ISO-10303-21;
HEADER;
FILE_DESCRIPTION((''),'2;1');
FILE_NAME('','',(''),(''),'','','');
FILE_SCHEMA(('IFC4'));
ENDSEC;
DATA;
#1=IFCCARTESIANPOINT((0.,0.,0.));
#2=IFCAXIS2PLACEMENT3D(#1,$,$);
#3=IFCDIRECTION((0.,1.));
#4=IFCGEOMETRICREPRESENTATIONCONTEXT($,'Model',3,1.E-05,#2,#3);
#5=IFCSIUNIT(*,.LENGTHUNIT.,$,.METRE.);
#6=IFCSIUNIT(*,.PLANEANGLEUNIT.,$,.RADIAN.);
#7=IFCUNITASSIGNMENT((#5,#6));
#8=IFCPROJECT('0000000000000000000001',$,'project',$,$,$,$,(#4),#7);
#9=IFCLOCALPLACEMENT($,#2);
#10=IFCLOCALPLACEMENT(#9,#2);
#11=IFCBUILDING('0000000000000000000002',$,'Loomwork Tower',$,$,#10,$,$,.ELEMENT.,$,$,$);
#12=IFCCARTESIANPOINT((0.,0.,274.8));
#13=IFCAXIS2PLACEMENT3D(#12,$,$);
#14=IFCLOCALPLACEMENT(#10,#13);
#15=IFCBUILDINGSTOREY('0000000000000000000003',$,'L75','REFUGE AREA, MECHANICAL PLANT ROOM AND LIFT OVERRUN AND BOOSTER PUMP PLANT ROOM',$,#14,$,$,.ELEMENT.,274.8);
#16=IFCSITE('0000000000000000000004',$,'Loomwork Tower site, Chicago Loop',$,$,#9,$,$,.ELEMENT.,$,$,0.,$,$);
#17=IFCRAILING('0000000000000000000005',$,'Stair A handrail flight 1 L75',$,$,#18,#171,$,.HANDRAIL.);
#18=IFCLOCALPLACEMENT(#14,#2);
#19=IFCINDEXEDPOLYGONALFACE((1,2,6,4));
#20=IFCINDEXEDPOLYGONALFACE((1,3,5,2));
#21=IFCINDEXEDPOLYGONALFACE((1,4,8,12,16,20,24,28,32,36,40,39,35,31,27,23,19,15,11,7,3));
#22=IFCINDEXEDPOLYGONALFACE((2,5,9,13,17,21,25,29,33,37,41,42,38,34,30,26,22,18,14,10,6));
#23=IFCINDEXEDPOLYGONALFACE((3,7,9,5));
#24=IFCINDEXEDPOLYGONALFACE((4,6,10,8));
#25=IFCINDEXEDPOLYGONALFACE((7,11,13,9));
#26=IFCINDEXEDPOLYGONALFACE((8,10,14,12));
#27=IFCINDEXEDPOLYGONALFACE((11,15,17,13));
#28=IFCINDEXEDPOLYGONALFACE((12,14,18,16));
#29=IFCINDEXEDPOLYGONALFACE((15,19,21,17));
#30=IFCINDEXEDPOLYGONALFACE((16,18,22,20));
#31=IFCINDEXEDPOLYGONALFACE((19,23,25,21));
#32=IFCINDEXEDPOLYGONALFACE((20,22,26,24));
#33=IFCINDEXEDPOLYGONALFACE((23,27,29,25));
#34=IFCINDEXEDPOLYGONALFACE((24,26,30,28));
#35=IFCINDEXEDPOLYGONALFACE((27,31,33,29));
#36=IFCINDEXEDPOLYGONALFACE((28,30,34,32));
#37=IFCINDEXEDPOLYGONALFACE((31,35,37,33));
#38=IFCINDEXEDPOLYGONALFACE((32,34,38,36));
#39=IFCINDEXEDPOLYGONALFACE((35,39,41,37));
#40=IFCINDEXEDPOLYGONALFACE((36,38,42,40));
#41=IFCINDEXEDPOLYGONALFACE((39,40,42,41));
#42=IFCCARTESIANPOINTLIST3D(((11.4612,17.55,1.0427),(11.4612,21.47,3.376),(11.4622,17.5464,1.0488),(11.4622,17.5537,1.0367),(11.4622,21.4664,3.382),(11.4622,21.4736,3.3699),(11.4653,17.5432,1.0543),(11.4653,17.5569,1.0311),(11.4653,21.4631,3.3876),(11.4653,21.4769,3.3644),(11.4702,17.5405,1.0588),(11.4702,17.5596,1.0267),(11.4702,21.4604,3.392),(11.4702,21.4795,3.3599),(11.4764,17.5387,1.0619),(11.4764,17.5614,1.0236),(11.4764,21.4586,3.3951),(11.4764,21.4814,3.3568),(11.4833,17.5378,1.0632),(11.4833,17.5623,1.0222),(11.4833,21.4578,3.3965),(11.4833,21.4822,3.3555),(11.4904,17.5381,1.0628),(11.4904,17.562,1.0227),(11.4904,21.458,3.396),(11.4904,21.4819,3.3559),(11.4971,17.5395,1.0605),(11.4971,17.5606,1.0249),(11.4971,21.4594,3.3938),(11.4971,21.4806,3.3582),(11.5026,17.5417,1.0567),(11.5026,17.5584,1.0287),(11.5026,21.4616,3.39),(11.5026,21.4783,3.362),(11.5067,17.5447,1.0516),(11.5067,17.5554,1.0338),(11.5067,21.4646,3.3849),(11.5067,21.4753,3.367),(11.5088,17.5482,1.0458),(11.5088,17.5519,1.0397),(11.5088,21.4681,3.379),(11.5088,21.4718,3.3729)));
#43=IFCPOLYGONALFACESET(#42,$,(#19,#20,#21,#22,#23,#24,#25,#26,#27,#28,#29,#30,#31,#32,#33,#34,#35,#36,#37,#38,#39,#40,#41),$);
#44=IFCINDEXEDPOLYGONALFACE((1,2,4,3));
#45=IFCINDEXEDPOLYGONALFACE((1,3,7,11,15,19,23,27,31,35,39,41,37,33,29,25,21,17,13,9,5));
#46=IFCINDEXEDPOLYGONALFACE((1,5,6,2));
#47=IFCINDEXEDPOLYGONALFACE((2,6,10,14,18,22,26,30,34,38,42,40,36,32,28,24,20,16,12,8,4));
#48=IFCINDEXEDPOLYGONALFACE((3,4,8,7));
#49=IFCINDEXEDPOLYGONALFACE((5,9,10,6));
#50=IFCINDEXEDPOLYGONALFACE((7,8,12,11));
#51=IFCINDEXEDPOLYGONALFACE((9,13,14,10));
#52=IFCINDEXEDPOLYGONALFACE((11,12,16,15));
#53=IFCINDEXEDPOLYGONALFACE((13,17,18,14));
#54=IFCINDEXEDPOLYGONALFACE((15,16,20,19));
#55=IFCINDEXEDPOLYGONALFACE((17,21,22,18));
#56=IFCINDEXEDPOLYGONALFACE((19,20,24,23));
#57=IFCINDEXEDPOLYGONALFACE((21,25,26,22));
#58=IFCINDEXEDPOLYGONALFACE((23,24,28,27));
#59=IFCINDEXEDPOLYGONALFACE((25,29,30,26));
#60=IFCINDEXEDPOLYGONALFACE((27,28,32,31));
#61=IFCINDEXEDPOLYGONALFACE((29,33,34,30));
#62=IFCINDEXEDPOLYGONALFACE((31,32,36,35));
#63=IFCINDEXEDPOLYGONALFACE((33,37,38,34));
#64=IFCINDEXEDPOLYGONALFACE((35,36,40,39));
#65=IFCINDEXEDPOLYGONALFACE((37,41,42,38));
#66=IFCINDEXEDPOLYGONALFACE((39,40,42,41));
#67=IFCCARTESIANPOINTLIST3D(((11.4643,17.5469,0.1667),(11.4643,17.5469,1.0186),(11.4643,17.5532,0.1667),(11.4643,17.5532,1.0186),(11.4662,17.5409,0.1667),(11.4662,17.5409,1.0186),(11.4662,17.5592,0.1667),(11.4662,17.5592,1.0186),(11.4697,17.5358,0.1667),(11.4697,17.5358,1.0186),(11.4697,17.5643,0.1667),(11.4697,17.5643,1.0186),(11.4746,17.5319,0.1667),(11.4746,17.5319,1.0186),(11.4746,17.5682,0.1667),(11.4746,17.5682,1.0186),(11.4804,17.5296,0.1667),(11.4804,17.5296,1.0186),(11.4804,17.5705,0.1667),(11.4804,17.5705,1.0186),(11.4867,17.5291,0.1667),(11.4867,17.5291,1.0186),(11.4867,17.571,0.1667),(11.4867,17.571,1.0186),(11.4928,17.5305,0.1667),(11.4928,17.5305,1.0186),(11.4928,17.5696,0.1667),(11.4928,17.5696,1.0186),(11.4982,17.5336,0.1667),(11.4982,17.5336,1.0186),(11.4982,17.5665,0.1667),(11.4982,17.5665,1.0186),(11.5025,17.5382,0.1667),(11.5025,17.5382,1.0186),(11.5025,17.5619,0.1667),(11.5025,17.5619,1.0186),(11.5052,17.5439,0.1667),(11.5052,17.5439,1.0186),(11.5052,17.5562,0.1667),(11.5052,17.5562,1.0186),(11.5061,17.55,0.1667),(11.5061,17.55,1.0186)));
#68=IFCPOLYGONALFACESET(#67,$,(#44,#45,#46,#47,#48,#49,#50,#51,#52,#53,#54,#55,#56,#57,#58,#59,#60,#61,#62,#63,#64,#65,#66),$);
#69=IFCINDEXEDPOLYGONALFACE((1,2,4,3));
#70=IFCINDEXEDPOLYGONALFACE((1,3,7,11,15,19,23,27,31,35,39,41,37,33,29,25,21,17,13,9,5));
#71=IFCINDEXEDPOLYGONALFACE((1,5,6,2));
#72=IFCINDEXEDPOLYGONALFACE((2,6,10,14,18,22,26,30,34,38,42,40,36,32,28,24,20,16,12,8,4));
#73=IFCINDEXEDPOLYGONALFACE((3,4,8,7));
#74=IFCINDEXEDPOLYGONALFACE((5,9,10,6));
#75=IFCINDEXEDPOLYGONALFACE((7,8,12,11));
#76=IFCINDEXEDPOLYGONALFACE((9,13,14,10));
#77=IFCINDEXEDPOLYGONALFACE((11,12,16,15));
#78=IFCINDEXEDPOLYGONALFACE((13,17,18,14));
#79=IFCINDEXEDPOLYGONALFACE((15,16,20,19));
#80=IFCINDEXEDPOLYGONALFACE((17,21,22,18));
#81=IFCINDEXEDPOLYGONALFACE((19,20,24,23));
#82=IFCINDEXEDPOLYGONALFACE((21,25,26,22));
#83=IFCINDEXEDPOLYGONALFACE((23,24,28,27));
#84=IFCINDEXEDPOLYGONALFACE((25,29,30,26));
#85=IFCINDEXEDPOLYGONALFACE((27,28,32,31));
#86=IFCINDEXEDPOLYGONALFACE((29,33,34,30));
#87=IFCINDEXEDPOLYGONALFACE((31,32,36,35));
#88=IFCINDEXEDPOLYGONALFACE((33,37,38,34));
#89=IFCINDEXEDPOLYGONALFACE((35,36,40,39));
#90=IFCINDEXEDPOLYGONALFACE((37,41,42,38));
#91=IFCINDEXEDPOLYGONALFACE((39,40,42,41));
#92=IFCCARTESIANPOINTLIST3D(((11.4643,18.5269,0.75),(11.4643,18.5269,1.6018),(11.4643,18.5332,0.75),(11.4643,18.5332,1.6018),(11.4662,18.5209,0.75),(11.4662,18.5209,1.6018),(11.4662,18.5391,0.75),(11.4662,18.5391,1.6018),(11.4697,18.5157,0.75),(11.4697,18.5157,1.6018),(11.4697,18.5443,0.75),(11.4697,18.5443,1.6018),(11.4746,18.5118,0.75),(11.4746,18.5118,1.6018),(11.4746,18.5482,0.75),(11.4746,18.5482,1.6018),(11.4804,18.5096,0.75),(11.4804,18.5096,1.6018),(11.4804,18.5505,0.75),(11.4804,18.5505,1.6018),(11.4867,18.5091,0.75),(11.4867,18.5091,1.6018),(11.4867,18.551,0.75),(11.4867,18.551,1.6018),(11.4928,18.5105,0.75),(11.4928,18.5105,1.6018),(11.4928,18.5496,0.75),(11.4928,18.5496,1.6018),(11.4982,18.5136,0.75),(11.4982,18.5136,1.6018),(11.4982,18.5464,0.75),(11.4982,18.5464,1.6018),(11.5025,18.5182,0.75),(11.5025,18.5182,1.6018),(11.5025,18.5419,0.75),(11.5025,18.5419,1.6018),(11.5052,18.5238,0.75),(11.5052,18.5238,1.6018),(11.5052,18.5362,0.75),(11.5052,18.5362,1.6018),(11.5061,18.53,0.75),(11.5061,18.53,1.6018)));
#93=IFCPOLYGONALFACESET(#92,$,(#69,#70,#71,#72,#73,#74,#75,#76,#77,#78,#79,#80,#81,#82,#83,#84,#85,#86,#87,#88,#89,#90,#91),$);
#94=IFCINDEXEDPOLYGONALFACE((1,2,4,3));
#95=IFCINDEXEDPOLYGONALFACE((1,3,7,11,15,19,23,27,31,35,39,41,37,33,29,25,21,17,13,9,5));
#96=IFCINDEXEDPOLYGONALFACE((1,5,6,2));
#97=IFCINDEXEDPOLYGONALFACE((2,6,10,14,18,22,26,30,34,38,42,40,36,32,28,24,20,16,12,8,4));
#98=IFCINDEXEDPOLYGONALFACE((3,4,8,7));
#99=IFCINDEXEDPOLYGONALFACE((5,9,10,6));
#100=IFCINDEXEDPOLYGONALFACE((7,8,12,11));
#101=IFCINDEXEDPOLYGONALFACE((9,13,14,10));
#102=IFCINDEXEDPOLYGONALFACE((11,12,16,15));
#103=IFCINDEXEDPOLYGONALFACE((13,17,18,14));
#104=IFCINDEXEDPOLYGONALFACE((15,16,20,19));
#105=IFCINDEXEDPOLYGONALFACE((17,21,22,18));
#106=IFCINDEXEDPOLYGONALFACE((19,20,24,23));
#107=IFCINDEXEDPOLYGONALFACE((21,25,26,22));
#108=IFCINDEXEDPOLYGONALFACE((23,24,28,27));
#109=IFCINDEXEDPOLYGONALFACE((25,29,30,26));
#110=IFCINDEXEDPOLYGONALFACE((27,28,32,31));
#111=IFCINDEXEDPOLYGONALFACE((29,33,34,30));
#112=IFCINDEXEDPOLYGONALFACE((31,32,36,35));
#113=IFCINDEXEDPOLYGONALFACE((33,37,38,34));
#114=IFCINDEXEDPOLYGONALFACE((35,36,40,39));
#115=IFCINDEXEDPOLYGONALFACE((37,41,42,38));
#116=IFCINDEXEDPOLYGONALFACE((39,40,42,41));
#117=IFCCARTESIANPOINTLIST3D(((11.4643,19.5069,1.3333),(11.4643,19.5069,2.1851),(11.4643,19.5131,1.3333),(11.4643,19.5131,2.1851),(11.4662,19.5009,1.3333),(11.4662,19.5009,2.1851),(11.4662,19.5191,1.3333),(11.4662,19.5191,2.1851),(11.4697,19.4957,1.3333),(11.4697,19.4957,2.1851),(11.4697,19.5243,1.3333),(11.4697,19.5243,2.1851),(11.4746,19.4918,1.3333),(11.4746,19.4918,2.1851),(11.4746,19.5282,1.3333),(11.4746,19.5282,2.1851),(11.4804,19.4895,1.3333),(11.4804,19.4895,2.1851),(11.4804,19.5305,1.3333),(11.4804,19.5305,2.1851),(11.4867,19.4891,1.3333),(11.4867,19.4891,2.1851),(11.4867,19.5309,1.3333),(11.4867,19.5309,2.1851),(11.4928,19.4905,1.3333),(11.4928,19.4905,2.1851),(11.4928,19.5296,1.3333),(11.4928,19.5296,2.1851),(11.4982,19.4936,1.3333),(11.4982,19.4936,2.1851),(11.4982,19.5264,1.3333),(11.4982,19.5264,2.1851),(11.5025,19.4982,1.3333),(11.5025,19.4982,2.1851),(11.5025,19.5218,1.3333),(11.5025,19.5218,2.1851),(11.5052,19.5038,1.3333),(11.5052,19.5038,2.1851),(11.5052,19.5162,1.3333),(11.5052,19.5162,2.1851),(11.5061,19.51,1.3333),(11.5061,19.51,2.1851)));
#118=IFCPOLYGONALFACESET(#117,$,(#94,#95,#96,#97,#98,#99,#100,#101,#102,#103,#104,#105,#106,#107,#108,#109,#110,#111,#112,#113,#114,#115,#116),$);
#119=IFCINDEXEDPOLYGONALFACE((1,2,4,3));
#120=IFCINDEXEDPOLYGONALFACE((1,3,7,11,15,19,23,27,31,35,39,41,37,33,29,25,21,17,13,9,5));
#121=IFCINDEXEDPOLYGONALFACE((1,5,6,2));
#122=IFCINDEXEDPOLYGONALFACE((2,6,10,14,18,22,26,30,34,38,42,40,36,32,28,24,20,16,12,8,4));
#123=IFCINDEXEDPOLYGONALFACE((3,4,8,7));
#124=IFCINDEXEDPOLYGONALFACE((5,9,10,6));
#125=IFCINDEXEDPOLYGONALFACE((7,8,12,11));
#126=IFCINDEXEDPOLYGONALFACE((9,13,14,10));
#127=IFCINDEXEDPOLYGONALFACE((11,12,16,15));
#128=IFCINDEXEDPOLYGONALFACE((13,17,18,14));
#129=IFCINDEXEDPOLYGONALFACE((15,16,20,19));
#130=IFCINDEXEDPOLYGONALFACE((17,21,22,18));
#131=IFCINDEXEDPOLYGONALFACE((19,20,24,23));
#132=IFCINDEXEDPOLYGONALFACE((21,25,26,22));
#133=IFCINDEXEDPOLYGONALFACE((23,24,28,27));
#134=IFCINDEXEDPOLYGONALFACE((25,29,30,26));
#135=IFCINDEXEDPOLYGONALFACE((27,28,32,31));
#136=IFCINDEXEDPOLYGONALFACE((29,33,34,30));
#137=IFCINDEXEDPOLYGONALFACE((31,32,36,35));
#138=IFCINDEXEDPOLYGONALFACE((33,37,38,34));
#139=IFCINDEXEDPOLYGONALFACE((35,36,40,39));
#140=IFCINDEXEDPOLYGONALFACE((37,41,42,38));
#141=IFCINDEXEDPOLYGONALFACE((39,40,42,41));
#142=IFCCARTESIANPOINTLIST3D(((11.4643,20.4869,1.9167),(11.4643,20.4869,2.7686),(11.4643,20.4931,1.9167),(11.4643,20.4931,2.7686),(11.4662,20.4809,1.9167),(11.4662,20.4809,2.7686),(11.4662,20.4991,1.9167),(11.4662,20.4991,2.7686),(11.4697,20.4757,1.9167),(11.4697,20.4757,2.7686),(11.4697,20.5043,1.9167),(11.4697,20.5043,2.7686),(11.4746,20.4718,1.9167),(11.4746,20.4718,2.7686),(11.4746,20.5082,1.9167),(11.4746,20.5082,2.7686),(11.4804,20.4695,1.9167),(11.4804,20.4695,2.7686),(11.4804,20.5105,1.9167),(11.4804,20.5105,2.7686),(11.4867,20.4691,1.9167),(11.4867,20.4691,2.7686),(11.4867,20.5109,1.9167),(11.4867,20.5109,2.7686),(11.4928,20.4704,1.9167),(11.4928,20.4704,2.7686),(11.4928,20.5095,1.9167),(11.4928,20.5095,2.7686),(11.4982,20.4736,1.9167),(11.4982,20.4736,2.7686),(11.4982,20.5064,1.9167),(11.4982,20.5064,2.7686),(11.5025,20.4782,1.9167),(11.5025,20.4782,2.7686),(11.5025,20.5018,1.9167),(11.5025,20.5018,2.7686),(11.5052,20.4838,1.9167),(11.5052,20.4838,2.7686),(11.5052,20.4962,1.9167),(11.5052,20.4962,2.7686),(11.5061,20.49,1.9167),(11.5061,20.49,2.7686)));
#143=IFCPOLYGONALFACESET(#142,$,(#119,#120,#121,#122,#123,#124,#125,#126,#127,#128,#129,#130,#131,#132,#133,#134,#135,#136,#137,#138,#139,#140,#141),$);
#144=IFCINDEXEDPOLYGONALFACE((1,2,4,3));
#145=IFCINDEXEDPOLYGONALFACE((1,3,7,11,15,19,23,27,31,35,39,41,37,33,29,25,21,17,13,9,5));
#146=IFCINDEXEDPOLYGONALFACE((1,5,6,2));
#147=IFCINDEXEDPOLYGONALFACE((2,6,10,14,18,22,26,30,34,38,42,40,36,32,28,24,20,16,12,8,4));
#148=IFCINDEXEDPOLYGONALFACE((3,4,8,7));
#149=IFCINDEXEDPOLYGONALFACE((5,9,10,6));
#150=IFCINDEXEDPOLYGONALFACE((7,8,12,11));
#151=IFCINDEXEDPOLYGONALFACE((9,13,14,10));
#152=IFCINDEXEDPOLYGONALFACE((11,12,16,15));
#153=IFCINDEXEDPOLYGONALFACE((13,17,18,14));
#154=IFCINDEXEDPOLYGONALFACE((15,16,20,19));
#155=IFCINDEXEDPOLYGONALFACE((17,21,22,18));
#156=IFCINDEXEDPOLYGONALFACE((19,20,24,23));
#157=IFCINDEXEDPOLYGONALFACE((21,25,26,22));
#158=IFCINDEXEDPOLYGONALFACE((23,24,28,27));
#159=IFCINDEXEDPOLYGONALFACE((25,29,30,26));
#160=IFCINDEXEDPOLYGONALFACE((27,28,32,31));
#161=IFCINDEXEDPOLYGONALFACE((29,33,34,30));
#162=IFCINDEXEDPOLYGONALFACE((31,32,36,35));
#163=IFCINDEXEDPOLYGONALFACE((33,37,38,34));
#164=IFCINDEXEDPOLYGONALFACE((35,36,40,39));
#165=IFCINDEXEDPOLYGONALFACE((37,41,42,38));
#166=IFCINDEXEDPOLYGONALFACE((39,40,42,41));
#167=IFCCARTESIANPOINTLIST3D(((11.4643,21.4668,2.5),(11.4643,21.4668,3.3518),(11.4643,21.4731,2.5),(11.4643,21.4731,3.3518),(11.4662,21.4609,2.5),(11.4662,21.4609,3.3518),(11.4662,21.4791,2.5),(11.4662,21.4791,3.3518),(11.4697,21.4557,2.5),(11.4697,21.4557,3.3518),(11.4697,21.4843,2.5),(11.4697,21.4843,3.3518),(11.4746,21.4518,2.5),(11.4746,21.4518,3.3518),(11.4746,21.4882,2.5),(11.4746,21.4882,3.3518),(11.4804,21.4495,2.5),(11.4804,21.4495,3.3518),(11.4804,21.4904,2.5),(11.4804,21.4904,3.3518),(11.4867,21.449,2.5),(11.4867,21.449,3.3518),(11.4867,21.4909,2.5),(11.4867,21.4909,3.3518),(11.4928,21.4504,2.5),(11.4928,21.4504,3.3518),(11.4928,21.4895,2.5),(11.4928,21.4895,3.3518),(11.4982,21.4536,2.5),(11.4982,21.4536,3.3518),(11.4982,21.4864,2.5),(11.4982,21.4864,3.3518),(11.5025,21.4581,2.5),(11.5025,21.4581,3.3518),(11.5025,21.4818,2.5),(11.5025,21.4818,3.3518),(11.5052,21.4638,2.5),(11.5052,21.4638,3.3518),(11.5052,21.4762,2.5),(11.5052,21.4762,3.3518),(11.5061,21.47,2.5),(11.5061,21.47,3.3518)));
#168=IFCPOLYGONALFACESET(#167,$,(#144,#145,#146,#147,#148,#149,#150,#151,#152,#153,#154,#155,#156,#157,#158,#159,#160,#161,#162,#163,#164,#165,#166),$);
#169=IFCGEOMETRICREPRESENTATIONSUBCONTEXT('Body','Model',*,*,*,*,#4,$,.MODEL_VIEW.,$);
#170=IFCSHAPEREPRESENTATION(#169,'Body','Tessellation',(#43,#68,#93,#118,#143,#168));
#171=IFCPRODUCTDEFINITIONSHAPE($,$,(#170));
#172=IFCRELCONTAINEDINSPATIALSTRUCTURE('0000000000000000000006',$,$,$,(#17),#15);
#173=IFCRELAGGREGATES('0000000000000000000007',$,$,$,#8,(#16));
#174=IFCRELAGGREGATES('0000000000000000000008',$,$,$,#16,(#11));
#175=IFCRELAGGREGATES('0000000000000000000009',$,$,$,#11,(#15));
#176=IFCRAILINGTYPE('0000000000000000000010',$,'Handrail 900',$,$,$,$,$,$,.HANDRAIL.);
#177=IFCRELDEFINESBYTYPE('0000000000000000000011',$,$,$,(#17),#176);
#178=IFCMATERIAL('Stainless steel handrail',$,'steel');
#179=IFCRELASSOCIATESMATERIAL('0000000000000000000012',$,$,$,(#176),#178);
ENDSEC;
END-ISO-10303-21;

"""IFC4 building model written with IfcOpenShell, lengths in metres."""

from ifc_helpers import new_model, si_unit, direction, frame, origin, origin_2d, place, context, subcontext, project, spatial, circle, extrude, material, type_object, element, save


model = new_model("IFC4")

# Units and contexts
model_context = context("Model", 3, precision=1e-05, world=origin(), true_north=direction((0.0, 1.0)))
body_context = subcontext(model_context, "Body", "Model", "MODEL_VIEW")
ifc_project = project(units=[si_unit("LENGTHUNIT", "METRE"), si_unit("PLANEANGLEUNIT", "RADIAN")], contexts=[model_context])

# Site, building, storey
site_placement = place(None, origin())
site = spatial("IfcSite", under=ifc_project, at=site_placement, Name="Loomwork Tower site, Chicago Loop", CompositionType="ELEMENT", RefElevation=0.0)
building_placement = place(site_placement, origin())
building = spatial("IfcBuilding", under=site, at=building_placement, Name="Loomwork Tower", CompositionType="ELEMENT")
storey_placement = place(building_placement, frame((0.0, 0.0, 274.8)))
storey = spatial("IfcBuildingStorey", under=building, at=storey_placement, Name="L75", Description="REFUGE AREA, MECHANICAL PLANT ROOM AND LIFT OVERRUN AND BOOSTER PUMP PLANT ROOM", CompositionType="ELEMENT", Elevation=274.8)

# Railing
ifc_material_1 = material(Name="Stainless steel handrail", Category="steel")
railing_type = type_object("IfcRailingType", Name="Handrail 900", PredefinedType="HANDRAIL", material=ifc_material_1)
railing_1_placement = place(storey_placement, frame((11.4851, 17.55, 0.1667)))
element("IfcRailing", 1, at=railing_1_placement, inside=storey, type_object=railing_type, Name="Stair A handrail flight 1 L75", PredefinedType="HANDRAIL", context=body_context, shape_type="SweptSolid", body=[
    extrude(circle(Radius=0.0239, at=origin_2d()), frame((0.0, 0.0, 0.876), z_axis=(0.0, 0.859296, 0.511478), x_axis=(-1.0, 0.0, 0.0)), (0.0, 0.0, 1.0), 4.5618),
    extrude(circle(Radius=0.021, at=origin_2d()), origin(), (0.0, 0.0, 1.0), 0.8518),
    extrude(circle(Radius=0.021, at=origin_2d()), frame((0.0, 0.98, 0.5833)), (0.0, 0.0, 1.0), 0.8518),
    extrude(circle(Radius=0.021, at=origin_2d()), frame((0.0, 1.96, 1.1665)), (0.0, 0.0, 1.0), 0.8518),
    extrude(circle(Radius=0.021, at=origin_2d()), frame((0.0, 2.9399, 1.75)), (0.0, 0.0, 1.0), 0.8518),
    extrude(circle(Radius=0.021, at=origin_2d()), frame((0.0, 3.9199, 2.3333)), (0.0, 0.0, 1.0), 0.8518),
])

save(model, "model.ifc")
